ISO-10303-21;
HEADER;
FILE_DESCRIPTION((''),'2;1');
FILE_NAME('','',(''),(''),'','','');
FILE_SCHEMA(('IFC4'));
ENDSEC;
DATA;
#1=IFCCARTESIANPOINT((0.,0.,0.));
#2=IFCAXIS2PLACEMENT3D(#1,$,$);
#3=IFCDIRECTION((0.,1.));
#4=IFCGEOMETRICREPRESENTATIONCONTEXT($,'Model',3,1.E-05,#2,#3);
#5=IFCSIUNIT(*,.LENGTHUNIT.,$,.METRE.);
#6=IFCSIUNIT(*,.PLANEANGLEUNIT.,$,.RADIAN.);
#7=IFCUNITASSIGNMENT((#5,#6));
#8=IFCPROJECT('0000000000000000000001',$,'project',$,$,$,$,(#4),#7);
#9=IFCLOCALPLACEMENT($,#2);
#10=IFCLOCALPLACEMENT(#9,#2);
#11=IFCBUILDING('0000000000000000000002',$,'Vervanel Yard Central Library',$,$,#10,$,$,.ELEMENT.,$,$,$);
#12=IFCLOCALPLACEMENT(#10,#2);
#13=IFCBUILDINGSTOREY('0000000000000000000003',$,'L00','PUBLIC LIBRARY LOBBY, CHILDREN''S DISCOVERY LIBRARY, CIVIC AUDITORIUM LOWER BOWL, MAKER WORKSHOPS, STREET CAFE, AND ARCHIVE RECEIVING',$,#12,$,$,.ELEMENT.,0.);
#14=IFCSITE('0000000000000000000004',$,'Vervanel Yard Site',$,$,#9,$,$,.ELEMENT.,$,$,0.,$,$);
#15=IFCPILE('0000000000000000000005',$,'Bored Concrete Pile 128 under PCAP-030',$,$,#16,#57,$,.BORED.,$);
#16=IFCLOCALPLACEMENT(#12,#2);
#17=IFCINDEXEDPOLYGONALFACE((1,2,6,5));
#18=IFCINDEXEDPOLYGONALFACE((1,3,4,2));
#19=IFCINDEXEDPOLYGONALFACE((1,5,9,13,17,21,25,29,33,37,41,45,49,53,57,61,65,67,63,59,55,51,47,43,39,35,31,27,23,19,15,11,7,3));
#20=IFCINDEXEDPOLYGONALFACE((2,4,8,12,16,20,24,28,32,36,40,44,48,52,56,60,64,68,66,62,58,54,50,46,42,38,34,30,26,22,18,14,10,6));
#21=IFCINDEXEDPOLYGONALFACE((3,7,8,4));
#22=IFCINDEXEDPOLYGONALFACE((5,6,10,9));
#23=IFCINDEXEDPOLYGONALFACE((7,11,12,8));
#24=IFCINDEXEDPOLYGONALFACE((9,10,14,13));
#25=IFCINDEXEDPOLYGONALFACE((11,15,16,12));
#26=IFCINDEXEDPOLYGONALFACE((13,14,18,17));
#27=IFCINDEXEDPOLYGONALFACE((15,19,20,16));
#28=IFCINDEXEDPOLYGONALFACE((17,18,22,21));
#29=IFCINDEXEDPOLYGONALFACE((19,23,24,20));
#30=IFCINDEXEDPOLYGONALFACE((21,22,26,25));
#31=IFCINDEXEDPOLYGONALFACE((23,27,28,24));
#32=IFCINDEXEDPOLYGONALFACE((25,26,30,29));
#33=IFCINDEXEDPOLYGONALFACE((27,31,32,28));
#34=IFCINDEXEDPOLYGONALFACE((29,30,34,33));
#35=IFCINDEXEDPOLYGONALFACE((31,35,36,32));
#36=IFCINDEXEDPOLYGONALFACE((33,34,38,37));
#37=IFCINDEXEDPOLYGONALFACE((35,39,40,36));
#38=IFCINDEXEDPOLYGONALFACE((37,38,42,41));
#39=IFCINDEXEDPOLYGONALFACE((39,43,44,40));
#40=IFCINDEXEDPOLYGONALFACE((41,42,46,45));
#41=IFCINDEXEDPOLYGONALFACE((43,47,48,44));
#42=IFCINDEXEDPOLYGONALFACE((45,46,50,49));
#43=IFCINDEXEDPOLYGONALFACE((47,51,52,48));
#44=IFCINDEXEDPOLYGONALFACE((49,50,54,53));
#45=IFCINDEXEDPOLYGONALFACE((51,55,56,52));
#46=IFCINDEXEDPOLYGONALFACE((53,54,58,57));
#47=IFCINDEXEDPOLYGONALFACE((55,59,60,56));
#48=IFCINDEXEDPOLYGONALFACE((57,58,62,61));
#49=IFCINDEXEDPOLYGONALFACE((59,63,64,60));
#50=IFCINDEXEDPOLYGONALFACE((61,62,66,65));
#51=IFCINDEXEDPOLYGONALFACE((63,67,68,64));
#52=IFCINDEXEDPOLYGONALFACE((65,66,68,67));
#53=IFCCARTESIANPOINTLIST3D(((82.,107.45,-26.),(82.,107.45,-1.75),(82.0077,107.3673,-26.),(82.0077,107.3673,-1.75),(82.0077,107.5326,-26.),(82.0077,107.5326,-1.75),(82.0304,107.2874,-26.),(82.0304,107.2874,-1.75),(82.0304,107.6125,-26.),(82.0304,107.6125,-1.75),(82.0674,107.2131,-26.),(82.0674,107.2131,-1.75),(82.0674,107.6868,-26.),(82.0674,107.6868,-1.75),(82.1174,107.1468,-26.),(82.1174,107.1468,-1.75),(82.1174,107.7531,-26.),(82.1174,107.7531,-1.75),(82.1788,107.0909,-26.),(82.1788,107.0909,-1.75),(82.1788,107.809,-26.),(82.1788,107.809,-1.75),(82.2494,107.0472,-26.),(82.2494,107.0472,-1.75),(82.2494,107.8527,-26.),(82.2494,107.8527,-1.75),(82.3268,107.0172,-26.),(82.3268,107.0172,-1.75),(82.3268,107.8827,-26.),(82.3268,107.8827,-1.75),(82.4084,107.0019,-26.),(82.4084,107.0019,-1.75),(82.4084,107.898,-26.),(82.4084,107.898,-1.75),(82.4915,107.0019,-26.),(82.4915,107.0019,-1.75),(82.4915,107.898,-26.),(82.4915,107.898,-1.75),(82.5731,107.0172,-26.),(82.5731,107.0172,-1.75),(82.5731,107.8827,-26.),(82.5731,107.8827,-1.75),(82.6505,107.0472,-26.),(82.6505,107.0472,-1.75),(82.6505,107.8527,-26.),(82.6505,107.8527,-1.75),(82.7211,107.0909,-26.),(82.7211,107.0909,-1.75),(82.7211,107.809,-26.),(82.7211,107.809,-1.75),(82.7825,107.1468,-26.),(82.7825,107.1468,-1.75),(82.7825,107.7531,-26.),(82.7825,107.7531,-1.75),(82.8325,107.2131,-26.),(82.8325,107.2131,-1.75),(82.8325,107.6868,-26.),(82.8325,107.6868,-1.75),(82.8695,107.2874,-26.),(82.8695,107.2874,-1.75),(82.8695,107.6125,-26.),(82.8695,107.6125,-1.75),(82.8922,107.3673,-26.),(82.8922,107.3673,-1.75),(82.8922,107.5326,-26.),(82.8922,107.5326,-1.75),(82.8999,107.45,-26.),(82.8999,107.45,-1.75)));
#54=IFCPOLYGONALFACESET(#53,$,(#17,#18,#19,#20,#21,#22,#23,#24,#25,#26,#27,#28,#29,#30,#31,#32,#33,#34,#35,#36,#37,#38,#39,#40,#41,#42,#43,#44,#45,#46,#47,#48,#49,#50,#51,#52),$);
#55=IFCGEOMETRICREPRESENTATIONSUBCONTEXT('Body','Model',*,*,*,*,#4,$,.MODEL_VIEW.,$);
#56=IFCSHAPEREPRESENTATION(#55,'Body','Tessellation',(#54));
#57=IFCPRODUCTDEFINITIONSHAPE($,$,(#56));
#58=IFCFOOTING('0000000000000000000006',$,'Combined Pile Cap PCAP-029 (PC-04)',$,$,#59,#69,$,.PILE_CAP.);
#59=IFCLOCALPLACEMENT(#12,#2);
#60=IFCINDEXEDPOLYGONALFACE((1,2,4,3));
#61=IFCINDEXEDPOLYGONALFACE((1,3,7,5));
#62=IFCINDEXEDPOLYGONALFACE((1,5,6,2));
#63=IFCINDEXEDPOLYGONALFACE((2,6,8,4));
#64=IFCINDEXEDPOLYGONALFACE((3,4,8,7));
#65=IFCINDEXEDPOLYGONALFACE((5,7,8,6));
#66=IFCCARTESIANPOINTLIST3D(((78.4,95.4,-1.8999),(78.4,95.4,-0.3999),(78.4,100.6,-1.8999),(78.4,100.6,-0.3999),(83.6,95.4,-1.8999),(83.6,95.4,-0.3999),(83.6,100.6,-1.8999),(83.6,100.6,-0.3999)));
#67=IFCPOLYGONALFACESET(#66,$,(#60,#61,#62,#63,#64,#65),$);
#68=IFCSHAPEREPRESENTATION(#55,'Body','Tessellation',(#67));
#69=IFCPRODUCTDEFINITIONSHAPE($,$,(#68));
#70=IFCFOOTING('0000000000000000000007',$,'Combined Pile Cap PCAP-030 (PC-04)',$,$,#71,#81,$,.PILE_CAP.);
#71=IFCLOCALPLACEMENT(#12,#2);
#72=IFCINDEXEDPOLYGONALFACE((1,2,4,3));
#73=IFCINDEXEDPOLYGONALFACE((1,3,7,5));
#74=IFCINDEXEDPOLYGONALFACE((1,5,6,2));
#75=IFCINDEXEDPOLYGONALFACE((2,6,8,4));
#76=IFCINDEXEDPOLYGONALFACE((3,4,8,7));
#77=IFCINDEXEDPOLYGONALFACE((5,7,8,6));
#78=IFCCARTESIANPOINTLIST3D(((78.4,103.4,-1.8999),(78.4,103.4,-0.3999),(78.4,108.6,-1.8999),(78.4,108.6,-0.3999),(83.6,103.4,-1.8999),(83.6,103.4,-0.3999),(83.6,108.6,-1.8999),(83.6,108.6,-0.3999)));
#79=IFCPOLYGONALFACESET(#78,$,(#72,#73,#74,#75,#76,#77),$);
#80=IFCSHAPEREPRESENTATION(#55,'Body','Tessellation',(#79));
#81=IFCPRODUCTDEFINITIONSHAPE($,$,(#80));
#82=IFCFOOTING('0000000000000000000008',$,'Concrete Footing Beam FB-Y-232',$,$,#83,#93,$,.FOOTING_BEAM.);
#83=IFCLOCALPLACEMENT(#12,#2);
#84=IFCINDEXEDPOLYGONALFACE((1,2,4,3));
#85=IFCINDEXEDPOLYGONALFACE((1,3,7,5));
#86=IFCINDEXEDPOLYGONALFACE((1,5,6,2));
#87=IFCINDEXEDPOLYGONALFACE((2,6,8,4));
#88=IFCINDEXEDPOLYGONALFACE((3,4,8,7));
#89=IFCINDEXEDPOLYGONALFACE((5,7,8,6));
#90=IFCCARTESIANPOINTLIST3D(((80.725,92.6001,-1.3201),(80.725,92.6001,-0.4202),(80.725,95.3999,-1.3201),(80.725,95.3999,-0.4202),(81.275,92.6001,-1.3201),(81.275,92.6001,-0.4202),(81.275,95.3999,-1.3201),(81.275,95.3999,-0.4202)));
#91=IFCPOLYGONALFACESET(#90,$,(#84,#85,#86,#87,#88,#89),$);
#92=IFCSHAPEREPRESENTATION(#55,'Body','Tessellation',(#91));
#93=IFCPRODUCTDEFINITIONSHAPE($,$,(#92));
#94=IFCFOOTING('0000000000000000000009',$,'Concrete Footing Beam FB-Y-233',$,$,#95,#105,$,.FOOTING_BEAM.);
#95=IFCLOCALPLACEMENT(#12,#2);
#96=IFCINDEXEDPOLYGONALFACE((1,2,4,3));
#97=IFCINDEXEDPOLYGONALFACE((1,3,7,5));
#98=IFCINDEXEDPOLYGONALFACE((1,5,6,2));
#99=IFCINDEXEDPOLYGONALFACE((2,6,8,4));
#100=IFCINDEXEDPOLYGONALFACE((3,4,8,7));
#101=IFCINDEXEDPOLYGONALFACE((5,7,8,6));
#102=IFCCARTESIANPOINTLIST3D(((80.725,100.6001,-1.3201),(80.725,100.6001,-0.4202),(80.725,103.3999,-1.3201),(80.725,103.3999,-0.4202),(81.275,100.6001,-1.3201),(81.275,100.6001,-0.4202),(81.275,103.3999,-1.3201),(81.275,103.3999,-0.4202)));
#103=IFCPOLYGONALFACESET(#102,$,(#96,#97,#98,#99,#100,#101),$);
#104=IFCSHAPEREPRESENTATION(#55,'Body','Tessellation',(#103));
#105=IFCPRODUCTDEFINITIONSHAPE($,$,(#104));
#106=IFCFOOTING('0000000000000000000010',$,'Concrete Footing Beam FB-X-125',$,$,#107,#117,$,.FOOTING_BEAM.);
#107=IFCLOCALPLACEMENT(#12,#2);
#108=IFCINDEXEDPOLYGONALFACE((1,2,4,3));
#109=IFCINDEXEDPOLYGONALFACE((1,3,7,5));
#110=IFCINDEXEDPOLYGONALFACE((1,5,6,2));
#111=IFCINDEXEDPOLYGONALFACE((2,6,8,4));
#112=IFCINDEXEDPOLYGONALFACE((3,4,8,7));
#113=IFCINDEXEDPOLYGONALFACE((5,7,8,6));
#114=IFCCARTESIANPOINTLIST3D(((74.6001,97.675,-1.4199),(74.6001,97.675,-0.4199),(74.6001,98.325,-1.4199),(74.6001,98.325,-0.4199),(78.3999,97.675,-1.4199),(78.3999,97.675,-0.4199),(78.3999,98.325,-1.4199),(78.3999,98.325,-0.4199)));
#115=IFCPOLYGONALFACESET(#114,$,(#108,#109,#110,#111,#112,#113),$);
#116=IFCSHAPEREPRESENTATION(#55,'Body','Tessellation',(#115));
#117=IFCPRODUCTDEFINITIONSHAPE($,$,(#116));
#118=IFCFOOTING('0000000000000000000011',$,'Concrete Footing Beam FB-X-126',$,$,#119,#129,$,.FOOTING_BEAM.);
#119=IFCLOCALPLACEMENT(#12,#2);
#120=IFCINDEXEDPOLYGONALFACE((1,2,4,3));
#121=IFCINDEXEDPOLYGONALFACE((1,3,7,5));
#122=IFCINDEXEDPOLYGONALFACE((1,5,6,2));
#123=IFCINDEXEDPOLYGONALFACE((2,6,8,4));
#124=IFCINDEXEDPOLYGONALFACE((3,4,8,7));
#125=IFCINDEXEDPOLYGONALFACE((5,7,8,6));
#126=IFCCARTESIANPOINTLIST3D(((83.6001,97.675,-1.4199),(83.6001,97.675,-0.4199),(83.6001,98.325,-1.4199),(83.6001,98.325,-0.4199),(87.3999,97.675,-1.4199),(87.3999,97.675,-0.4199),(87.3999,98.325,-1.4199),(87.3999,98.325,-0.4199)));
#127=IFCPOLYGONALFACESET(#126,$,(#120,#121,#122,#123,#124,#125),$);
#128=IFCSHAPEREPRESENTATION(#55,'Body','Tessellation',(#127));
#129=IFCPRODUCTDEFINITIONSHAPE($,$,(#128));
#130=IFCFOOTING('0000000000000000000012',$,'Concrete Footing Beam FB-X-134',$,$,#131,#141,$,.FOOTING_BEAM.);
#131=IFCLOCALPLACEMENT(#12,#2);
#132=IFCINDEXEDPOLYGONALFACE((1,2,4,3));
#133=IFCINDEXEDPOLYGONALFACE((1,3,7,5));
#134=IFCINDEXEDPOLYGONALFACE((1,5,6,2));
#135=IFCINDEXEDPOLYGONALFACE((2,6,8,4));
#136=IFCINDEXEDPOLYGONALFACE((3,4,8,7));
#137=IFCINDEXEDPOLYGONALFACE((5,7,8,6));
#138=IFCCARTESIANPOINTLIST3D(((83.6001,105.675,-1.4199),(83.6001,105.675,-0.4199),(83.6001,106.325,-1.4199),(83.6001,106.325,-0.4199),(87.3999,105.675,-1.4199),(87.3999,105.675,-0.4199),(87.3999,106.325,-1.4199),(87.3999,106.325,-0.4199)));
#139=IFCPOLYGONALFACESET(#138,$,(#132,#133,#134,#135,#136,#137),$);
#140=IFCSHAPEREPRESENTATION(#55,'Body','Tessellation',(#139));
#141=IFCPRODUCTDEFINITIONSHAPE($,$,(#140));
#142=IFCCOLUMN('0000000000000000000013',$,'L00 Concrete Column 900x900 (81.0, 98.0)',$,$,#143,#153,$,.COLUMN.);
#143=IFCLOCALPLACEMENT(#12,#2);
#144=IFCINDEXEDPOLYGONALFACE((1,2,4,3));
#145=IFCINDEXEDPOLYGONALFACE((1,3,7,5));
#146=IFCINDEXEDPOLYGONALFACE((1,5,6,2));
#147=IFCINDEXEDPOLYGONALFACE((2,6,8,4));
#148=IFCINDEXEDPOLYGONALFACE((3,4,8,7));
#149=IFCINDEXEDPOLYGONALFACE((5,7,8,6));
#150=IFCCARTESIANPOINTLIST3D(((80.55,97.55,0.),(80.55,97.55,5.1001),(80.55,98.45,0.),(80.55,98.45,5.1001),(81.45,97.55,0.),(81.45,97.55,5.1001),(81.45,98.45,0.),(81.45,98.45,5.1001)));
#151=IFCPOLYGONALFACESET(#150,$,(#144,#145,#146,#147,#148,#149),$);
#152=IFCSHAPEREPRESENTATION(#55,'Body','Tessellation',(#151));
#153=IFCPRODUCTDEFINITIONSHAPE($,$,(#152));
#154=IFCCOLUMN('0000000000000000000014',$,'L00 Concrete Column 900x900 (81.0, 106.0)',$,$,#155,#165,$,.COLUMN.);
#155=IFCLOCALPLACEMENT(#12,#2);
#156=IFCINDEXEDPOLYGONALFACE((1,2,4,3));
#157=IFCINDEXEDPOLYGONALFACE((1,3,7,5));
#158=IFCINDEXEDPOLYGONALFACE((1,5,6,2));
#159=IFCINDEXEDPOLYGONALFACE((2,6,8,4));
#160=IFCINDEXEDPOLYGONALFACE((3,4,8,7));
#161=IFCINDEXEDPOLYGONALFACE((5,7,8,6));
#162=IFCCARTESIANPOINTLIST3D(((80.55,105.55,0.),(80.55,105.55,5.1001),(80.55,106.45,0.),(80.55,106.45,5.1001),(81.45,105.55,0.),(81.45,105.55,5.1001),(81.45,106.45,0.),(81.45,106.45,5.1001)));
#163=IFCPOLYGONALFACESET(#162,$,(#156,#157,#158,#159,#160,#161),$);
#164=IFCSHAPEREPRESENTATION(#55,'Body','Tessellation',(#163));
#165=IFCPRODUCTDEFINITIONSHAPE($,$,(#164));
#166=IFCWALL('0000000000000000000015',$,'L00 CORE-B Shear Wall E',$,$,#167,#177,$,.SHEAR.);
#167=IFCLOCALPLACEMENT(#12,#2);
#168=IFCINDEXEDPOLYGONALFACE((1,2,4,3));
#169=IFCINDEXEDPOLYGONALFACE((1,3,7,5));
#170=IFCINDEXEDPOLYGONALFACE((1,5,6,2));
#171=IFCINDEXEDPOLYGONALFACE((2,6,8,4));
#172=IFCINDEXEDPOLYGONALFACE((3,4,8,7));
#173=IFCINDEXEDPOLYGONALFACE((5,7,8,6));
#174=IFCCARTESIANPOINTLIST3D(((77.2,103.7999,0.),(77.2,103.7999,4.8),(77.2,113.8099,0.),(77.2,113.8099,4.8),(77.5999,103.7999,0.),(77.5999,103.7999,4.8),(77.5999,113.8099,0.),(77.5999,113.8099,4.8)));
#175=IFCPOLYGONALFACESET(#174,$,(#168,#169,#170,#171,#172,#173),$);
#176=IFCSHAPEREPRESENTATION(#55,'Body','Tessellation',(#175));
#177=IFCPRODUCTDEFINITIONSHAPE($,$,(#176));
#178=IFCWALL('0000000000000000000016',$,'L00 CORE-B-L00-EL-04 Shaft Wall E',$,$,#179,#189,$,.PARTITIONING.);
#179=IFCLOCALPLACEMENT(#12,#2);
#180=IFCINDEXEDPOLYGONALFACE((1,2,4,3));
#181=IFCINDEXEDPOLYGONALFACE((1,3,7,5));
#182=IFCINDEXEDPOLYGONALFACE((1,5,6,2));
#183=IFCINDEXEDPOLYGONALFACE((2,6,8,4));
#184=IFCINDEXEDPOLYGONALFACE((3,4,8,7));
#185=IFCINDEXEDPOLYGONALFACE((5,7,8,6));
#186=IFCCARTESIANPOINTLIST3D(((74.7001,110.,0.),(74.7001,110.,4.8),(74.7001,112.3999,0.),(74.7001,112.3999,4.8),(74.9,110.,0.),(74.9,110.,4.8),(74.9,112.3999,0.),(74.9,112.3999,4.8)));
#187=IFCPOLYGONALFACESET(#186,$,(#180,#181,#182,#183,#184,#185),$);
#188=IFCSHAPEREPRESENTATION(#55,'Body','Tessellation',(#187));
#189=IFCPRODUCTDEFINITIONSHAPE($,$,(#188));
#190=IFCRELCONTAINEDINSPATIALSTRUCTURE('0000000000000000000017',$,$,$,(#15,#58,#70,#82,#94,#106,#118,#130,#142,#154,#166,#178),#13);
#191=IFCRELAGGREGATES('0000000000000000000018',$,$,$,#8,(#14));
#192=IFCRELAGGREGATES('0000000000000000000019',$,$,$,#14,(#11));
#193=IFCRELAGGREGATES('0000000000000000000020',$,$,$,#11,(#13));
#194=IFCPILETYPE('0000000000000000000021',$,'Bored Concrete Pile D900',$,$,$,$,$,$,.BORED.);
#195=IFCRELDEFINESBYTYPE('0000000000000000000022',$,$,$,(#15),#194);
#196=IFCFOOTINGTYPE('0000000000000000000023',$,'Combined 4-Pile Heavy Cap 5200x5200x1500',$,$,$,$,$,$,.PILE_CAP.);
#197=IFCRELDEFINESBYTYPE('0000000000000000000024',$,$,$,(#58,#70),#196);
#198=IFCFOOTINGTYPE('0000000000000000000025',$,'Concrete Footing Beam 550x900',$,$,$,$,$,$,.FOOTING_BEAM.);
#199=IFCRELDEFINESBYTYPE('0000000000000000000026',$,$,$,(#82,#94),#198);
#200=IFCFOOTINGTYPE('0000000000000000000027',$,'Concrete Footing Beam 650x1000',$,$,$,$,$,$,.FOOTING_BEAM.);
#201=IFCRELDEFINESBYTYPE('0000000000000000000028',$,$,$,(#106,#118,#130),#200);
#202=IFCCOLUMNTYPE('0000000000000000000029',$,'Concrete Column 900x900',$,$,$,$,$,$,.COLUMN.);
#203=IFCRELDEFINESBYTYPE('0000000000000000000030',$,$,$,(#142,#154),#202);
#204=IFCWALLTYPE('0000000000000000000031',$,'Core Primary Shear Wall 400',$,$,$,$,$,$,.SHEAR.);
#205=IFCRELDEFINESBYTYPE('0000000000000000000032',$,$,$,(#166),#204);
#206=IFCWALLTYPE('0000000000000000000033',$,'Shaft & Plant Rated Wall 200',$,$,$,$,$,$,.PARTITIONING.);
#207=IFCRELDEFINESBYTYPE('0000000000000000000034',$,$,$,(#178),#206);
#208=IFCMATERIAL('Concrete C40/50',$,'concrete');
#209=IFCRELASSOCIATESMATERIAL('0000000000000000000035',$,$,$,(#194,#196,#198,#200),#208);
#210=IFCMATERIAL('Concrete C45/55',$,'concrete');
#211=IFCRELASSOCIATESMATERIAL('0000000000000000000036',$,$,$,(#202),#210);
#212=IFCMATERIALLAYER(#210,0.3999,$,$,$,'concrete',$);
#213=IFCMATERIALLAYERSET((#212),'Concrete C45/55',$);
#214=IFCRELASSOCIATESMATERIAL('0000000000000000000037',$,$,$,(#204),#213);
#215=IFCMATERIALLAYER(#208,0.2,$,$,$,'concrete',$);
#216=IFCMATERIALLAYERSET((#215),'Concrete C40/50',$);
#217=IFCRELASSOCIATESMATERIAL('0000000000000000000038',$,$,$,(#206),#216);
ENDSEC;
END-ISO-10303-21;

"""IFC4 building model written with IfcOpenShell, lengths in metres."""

from ifc_helpers import new_model, si_unit, direction, frame, frame_2d, origin, origin_2d, place, context, subcontext, project, spatial, rectangle, circle, extrude, material, layer, layer_set, material_profile, profile_set, type_object, element, save


model = new_model("IFC4")

# Units and contexts
model_context = context("Model", 3, precision=1e-05, world=origin(), true_north=direction((0.0, 1.0)))
body_context = subcontext(model_context, "Body", "Model", "MODEL_VIEW")
ifc_project = project(units=[si_unit("LENGTHUNIT", "METRE"), si_unit("PLANEANGLEUNIT", "RADIAN")], contexts=[model_context])

# Site, building, storey
site_placement = place(None, origin())
site = spatial("IfcSite", under=ifc_project, at=site_placement, Name="Vervanel Yard Site", CompositionType="ELEMENT", RefElevation=0.0)
building_placement = place(site_placement, origin())
building = spatial("IfcBuilding", under=site, at=building_placement, Name="Vervanel Yard Central Library", CompositionType="ELEMENT")
storey_placement = place(building_placement, origin())
storey = spatial("IfcBuildingStorey", under=building, at=storey_placement, Name="L00", Description="PUBLIC LIBRARY LOBBY, CHILDREN'S DISCOVERY LIBRARY, CIVIC AUDITORIUM LOWER BOWL, MAKER WORKSHOPS, STREET CAFE, AND ARCHIVE RECEIVING", CompositionType="ELEMENT", Elevation=0.0)

# Pile
ifc_material_1 = material(Name="Concrete C40/50", Category="concrete")
ifc_material_profile_1 = material_profile(ifc_material_1, circle(Radius=0.45, at=origin_2d()), Name="BP D900", Category="concrete")
ifc_profile_set_1 = profile_set([ifc_material_profile_1], Name="Concrete C40/50")
pile_type = type_object("IfcPileType", Name="Bored Concrete Pile D900", PredefinedType="BORED", material=ifc_profile_set_1)
for number, where, z_axis, x_axis, name in (
    (1, (82.45, 107.45, -1.75), (0.0, 0.0, -1.0), (1.0, 0.0, 0.0), "Bored Concrete Pile 128 under PCAP-030"),
):
    element("IfcPile", number, at=place(storey_placement, frame(where, z_axis=z_axis, x_axis=x_axis)), inside=storey, type_object=pile_type, Name=name, PredefinedType="BORED", context=body_context, shape_type="SweptSolid", body=[
        extrude(circle(Radius=0.45, at=origin_2d()), origin(), (0.0, 0.0, 1.0), 24.25),
    ])

# Footings
footing_type_1 = type_object("IfcFootingType", Name="Combined 4-Pile Heavy Cap 5200x5200x1500", PredefinedType="PILE_CAP", material=ifc_material_1)
for number, where, z_axis, x_axis, name in (
    (2, (81.0, 98.0, -1.8999), (0.0, 0.0, 1.0), (1.0, 0.0, 0.0), "Combined Pile Cap PCAP-029 (PC-04)"),
    (3, (81.0, 106.0, -1.8999), (0.0, 0.0, 1.0), (1.0, 0.0, 0.0), "Combined Pile Cap PCAP-030 (PC-04)"),
):
    element("IfcFooting", number, at=place(storey_placement, frame(where, z_axis=z_axis, x_axis=x_axis)), inside=storey, type_object=footing_type_1, Name=name, PredefinedType="PILE_CAP", context=body_context, shape_type="SweptSolid", body=[
        extrude(rectangle(XDim=5.2, YDim=5.2, at=origin_2d()), origin(), (0.0, 0.0, 1.0), 1.5),
    ])
ifc_material_profile_2 = material_profile(ifc_material_1, rectangle(XDim=0.55, YDim=0.8999, at=origin_2d()), Name="RC 550x900", Category="concrete")
ifc_profile_set_2 = profile_set([ifc_material_profile_2], Name="Concrete C40/50")
footing_type_2 = type_object("IfcFootingType", Name="Concrete Footing Beam 550x900", PredefinedType="FOOTING_BEAM", material=ifc_profile_set_2)
for number, where, z_axis, x_axis, name in (
    (4, (81.0, 92.6001, -0.8701), (0.0, 1.0, 0.0), (-1.0, 0.0, 0.0), "Concrete Footing Beam FB-Y-232"),
    (5, (81.0, 100.6001, -0.8701), (0.0, 1.0, 0.0), (-1.0, 0.0, 0.0), "Concrete Footing Beam FB-Y-233"),
):
    element("IfcFooting", number, at=place(storey_placement, frame(where, z_axis=z_axis, x_axis=x_axis)), inside=storey, type_object=footing_type_2, Name=name, PredefinedType="FOOTING_BEAM", context=body_context, shape_type="SweptSolid", body=[
        extrude(rectangle(XDim=0.55, YDim=0.8999, at=origin_2d()), origin(), (0.0, 0.0, 1.0), 2.7998),
    ])
ifc_material_profile_3 = material_profile(ifc_material_1, rectangle(XDim=0.6499, YDim=1.0, at=origin_2d()), Name="RC 650x1000", Category="concrete")
ifc_profile_set_3 = profile_set([ifc_material_profile_3], Name="Concrete C40/50")
footing_type_3 = type_object("IfcFootingType", Name="Concrete Footing Beam 650x1000", PredefinedType="FOOTING_BEAM", material=ifc_profile_set_3)
for number, where, z_axis, x_axis, name in (
    (6, (74.6001, 98.0, -0.9199), (1.0, 0.0, 0.0), (0.0, 1.0, 0.0), "Concrete Footing Beam FB-X-125"),
    (7, (83.6001, 98.0, -0.9199), (1.0, 0.0, 0.0), (0.0, 1.0, 0.0), "Concrete Footing Beam FB-X-126"),
    (8, (83.6001, 106.0, -0.9199), (1.0, 0.0, 0.0), (0.0, 1.0, 0.0), "Concrete Footing Beam FB-X-134"),
):
    element("IfcFooting", number, at=place(storey_placement, frame(where, z_axis=z_axis, x_axis=x_axis)), inside=storey, type_object=footing_type_3, Name=name, PredefinedType="FOOTING_BEAM", context=body_context, shape_type="SweptSolid", body=[
        extrude(rectangle(XDim=0.6499, YDim=1.0, at=origin_2d()), origin(), (0.0, 0.0, 1.0), 3.7998),
    ])

# Columns
ifc_material_2 = material(Name="Concrete C45/55", Category="concrete")
ifc_material_profile_4 = material_profile(ifc_material_2, rectangle(XDim=0.8999, YDim=0.8999, at=origin_2d()), Name="RC 900x900", Category="concrete")
ifc_profile_set_4 = profile_set([ifc_material_profile_4], Name="Concrete C45/55")
column_type = type_object("IfcColumnType", Name="Concrete Column 900x900", PredefinedType="COLUMN", material=ifc_profile_set_4)
for number, where, z_axis, x_axis, name in (
    (9, (81.0, 98.0, 0.0), (0.0, 0.0, 1.0), (1.0, 0.0, 0.0), "L00 Concrete Column 900x900 (81.0, 98.0)"),
    (10, (81.0, 106.0, 0.0), (0.0, 0.0, 1.0), (1.0, 0.0, 0.0), "L00 Concrete Column 900x900 (81.0, 106.0)"),
):
    element("IfcColumn", number, at=place(storey_placement, frame(where, z_axis=z_axis, x_axis=x_axis)), inside=storey, type_object=column_type, Name=name, PredefinedType="COLUMN", context=body_context, shape_type="SweptSolid", body=[
        extrude(rectangle(XDim=0.8999, YDim=0.8999, at=origin_2d()), origin(), (0.0, 0.0, 1.0), 5.1001),
    ])

# Walls
ifc_layer_1 = layer(ifc_material_2, 0.3999, Category="concrete")
ifc_layer_set_1 = layer_set([ifc_layer_1], Name="Concrete C45/55")
wall_type_1 = type_object("IfcWallType", Name="Core Primary Shear Wall 400", PredefinedType="SHEAR", material=ifc_layer_set_1)
wall_1_placement = place(storey_placement, frame((77.3999, 103.8, 0.0), z_axis=(0.0, 0.0, 1.0), x_axis=(0.0, 1.0, 0.0)))
element("IfcWall", 11, at=wall_1_placement, inside=storey, type_object=wall_type_1, Name="L00 CORE-B Shear Wall E", PredefinedType="SHEAR", context=body_context, shape_type="SweptSolid", body=[
    extrude(rectangle(XDim=10.01, YDim=0.3999, at=frame_2d((5.0049, 0.0))), origin(), (0.0, 0.0, 1.0), 4.8),
])
ifc_layer_2 = layer(ifc_material_1, 0.2, Category="concrete")
ifc_layer_set_2 = layer_set([ifc_layer_2], Name="Concrete C40/50")
wall_type_2 = type_object("IfcWallType", Name="Shaft & Plant Rated Wall 200", PredefinedType="PARTITIONING", material=ifc_layer_set_2)
wall_2_placement = place(storey_placement, frame((74.8, 110.0, 0.0), z_axis=(0.0, 0.0, 1.0), x_axis=(0.0, 1.0, 0.0)))
element("IfcWall", 12, at=wall_2_placement, inside=storey, type_object=wall_type_2, Name="L00 CORE-B-L00-EL-04 Shaft Wall E", PredefinedType="PARTITIONING", context=body_context, shape_type="SweptSolid", body=[
    extrude(rectangle(XDim=2.3999, YDim=0.2, at=frame_2d((1.2, 0.0))), origin(), (0.0, 0.0, 1.0), 4.8),
])

save(model, "model.ifc")
